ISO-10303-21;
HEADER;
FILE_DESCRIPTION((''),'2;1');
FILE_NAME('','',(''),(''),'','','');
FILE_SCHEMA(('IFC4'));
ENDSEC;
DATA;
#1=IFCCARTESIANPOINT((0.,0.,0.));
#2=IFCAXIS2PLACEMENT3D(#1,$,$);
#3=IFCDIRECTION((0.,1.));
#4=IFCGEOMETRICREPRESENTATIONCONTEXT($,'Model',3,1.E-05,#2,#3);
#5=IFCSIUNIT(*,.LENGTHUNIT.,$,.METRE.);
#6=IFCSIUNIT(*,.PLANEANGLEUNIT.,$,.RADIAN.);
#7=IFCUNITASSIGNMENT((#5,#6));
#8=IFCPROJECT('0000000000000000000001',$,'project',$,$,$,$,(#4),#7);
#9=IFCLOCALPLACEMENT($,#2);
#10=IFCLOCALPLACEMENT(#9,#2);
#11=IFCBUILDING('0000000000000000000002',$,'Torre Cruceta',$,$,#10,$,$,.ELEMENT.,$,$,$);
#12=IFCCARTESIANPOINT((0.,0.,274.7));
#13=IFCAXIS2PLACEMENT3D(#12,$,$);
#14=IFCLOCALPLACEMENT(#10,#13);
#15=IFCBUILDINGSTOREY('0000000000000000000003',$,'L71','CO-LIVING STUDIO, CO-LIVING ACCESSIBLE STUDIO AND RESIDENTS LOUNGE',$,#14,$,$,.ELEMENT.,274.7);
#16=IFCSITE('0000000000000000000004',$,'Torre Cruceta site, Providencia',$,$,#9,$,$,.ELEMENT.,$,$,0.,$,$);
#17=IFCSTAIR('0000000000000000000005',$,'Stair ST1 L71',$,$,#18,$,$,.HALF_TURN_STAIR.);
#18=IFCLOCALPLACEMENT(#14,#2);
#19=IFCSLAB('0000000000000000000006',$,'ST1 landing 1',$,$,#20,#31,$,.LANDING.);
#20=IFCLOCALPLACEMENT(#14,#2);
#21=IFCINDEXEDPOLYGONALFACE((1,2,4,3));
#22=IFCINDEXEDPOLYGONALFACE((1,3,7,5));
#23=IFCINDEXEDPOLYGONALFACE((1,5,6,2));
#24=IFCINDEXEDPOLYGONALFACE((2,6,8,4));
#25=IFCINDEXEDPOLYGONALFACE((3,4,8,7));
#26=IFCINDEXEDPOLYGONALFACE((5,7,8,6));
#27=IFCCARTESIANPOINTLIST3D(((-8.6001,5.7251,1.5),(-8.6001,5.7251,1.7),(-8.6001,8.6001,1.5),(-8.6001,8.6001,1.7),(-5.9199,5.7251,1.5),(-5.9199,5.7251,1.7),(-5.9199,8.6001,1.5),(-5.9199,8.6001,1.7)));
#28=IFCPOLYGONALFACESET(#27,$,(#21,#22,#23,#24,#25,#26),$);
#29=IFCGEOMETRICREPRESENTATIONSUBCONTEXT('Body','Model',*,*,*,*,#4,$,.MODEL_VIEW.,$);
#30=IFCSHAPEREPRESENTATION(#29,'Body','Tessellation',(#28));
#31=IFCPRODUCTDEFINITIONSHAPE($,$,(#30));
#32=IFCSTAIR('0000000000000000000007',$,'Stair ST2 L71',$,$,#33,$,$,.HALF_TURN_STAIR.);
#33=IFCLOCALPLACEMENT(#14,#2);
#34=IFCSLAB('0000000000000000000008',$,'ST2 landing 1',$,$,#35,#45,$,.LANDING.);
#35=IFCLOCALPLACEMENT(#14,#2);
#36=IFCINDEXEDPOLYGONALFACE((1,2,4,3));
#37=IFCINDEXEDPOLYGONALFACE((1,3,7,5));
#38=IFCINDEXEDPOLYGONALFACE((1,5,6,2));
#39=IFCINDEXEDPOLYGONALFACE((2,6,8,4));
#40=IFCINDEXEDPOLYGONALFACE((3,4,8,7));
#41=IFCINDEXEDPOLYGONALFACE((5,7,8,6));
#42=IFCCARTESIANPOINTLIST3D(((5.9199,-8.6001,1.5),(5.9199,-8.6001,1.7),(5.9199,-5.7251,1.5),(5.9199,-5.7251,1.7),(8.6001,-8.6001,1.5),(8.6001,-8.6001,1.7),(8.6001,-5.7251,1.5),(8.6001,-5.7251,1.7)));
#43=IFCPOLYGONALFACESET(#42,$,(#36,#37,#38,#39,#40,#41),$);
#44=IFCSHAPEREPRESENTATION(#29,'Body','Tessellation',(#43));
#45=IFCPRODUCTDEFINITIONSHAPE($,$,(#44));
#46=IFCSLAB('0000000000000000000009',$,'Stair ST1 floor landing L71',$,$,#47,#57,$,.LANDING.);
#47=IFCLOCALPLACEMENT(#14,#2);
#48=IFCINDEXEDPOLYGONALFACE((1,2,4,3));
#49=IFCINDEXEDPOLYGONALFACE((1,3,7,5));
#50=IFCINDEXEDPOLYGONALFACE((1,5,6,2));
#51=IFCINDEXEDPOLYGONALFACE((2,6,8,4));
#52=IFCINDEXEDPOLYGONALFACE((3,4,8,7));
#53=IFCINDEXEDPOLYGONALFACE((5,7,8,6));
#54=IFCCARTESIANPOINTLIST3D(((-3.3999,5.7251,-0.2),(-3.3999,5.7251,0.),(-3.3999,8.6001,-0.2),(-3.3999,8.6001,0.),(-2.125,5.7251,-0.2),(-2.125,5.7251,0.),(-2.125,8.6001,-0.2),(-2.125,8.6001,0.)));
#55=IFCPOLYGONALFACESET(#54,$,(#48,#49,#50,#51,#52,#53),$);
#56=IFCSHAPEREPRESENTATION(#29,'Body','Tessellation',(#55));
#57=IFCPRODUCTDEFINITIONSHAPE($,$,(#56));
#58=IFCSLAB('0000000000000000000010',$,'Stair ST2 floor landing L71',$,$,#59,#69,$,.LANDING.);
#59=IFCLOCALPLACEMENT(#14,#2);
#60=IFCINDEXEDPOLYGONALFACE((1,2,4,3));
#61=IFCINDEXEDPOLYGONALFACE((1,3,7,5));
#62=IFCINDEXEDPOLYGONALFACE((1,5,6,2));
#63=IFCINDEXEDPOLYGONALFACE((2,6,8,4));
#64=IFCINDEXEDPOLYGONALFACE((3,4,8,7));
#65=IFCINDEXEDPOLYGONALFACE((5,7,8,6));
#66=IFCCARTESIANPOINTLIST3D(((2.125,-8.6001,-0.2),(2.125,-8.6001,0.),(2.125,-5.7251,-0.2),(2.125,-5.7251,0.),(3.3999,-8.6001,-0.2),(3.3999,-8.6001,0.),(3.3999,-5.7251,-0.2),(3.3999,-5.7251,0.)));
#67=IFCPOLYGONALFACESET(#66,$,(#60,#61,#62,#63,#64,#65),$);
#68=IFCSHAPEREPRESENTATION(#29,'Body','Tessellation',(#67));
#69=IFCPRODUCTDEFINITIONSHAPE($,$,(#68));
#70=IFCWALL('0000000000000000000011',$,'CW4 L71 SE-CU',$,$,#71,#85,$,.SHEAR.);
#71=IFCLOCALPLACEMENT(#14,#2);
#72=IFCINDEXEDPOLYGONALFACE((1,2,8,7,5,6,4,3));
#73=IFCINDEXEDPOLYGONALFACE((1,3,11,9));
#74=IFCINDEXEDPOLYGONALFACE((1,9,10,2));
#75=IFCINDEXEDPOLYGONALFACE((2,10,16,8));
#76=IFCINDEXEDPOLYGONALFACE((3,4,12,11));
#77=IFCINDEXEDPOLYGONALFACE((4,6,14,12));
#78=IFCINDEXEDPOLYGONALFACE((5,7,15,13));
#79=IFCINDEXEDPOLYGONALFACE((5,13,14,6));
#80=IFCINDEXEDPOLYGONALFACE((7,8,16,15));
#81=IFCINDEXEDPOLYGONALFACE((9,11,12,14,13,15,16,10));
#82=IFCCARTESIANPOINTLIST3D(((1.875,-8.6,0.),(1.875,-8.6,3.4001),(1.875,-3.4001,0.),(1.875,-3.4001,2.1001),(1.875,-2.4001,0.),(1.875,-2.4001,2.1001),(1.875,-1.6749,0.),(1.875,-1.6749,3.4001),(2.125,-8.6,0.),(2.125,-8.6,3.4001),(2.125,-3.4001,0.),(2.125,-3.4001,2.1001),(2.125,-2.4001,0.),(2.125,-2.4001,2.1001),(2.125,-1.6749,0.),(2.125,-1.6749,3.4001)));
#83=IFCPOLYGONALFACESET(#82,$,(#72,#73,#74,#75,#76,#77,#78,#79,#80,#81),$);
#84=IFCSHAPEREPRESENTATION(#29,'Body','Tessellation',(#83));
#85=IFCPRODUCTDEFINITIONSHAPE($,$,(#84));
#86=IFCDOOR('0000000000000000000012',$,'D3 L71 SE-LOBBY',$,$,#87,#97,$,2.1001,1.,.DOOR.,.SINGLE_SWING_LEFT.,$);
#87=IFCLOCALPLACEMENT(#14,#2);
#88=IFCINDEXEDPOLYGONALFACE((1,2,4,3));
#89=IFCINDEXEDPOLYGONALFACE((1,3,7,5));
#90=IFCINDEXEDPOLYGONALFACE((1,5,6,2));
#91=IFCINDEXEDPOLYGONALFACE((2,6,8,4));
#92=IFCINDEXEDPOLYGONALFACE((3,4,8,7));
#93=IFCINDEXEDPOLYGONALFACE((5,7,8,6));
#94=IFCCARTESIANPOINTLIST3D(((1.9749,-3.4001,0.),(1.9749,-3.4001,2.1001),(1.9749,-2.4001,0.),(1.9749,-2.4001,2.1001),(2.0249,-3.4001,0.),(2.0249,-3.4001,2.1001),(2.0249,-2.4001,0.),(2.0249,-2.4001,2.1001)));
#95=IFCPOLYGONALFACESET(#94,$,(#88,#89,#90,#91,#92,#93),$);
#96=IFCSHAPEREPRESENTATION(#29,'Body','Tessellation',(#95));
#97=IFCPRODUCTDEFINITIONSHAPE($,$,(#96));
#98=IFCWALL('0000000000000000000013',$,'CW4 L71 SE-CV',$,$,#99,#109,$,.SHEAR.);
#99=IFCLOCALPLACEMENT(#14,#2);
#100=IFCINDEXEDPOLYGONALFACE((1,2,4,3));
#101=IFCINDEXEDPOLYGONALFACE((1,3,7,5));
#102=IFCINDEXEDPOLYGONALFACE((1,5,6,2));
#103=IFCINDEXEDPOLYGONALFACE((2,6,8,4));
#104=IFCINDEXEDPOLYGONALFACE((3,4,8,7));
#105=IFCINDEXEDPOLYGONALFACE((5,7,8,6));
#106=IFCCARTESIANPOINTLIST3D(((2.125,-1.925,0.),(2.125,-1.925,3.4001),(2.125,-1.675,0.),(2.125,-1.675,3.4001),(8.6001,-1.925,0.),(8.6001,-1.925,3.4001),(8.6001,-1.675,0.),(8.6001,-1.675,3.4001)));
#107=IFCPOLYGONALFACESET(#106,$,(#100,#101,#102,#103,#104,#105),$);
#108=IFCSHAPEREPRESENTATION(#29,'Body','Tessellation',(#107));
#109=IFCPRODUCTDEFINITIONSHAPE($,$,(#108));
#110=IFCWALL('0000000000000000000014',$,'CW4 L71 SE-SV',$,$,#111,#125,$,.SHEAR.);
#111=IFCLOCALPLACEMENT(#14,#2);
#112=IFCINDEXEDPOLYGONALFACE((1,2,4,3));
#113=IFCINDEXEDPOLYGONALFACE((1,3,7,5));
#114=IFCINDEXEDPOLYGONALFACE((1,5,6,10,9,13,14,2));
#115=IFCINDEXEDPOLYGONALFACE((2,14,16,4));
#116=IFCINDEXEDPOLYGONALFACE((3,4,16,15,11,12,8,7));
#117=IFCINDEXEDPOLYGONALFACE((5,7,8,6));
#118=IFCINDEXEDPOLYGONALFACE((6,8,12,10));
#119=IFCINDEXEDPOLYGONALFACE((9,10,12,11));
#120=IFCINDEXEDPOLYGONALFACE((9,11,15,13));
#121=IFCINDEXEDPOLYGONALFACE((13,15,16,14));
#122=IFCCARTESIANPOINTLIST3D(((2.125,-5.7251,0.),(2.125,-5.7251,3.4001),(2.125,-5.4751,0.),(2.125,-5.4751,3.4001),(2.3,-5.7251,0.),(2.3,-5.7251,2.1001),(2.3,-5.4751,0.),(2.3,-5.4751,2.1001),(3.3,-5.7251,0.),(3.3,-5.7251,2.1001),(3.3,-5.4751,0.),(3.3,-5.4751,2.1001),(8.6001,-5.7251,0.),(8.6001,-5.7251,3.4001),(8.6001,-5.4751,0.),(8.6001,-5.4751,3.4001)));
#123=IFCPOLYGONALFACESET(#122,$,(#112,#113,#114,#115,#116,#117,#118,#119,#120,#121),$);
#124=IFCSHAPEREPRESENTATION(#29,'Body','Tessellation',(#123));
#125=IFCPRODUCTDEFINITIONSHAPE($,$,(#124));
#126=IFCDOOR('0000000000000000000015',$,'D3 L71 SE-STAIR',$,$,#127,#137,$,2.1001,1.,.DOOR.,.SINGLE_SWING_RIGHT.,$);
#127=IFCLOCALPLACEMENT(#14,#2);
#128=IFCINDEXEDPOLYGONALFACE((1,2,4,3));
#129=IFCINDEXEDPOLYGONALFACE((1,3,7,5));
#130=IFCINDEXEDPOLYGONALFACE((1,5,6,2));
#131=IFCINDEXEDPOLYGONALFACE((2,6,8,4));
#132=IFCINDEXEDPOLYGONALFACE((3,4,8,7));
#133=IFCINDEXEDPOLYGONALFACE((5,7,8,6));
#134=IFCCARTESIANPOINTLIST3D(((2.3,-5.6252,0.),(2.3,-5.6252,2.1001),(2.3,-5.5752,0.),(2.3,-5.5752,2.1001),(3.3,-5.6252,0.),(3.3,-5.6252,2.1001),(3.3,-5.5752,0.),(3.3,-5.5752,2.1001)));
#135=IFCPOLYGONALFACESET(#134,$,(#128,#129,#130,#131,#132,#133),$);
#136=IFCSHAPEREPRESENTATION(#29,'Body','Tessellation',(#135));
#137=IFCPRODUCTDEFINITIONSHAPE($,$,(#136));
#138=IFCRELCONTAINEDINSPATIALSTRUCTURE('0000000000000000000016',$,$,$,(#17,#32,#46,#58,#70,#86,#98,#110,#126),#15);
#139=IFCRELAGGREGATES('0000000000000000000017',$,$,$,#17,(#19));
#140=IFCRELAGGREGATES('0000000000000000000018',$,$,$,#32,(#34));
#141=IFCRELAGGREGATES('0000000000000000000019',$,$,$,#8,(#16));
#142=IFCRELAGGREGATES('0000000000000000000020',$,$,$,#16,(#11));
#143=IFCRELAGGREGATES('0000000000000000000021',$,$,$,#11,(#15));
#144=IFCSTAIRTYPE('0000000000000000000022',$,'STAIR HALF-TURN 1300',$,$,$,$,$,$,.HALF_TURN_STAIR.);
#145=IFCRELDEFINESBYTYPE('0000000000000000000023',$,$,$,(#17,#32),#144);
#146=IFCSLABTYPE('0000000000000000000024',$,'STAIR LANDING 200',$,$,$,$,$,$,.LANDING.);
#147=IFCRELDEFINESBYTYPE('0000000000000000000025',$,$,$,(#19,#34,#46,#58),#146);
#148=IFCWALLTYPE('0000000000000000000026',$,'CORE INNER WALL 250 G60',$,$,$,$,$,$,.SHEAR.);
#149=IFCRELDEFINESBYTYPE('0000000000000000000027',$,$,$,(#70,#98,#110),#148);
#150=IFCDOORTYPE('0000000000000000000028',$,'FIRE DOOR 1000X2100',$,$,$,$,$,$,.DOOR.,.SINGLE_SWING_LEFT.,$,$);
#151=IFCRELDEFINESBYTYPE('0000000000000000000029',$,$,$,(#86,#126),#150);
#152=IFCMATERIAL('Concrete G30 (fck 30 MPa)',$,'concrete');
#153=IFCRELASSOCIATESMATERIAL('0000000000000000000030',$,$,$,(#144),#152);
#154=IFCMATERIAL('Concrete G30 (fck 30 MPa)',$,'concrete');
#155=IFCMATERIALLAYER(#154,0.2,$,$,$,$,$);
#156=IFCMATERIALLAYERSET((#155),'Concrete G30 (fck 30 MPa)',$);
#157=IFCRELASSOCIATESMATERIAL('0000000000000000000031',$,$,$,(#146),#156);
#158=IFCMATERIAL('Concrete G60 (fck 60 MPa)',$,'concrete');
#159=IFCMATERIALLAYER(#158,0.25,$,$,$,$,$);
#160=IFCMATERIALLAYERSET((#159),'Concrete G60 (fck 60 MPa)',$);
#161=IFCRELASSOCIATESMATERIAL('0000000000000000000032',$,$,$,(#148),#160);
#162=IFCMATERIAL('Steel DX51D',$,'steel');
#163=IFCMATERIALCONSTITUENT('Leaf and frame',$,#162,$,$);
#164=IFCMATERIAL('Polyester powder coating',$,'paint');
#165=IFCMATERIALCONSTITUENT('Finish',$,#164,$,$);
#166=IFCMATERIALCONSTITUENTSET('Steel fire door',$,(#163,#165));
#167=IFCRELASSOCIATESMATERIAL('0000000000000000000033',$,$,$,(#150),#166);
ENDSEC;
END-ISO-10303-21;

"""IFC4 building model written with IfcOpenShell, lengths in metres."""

from ifc_helpers import new_model, si_unit, direction, frame, frame_2d, origin, place, context, subcontext, project, spatial, polyline, rectangle, outline, extrude, material, layer, layer_set, constituent, constituent_set, type_object, element, fill, aggregate, save


model = new_model("IFC4")

# Units and contexts
model_context = context("Model", 3, precision=1e-05, world=origin(), true_north=direction((0.0, 1.0)))
body_context = subcontext(model_context, "Body", "Model", "MODEL_VIEW")
ifc_project = project(units=[si_unit("LENGTHUNIT", "METRE"), si_unit("PLANEANGLEUNIT", "RADIAN")], contexts=[model_context])

# Site, building, storey
site_placement = place(None, origin())
site = spatial("IfcSite", under=ifc_project, at=site_placement, Name="Torre Cruceta site, Providencia", CompositionType="ELEMENT", RefElevation=0.0)
building_placement = place(site_placement, origin())
building = spatial("IfcBuilding", under=site, at=building_placement, Name="Torre Cruceta", CompositionType="ELEMENT")
storey_placement = place(building_placement, frame((0.0, 0.0, 274.7)))
storey = spatial("IfcBuildingStorey", under=building, at=storey_placement, Name="L71", Description="CO-LIVING STUDIO, CO-LIVING ACCESSIBLE STUDIO AND RESIDENTS LOUNGE", CompositionType="ELEMENT", Elevation=274.7)

# Stairs, slabs
ifc_material_1 = material(Name="Concrete G30 (fck 30 MPa)", Category="concrete")
stair_type = type_object("IfcStairType", Name="STAIR HALF-TURN 1300", PredefinedType="HALF_TURN_STAIR", material=ifc_material_1)
stair_1_placement = place(storey_placement, origin())
stair_1 = element("IfcStair", 1, at=stair_1_placement, inside=storey, type_object=stair_type, Name="Stair ST1 L71", PredefinedType="HALF_TURN_STAIR")
ifc_material_2 = material(Name="Concrete G30 (fck 30 MPa)", Category="concrete")
ifc_layer_1 = layer(ifc_material_2, 0.2)
ifc_layer_set_1 = layer_set([ifc_layer_1], Name="Concrete G30 (fck 30 MPa)")
slab_type = type_object("IfcSlabType", Name="STAIR LANDING 200", PredefinedType="LANDING", material=ifc_layer_set_1)
slab_1_placement = place(storey_placement, frame((0.0, 0.0, 1.5)))
slab_1 = element("IfcSlab", 2, at=slab_1_placement, type_object=slab_type, Name="ST1 landing 1", PredefinedType="LANDING", context=body_context, shape_type="SweptSolid", body=[
    extrude(outline(polyline([(-8.6001, 5.7251), (-5.9199, 5.7251), (-5.9199, 8.6001), (-8.6001, 8.6001), (-8.6001, 5.7251)])), origin(), (0.0, 0.0, 1.0), 0.2),
])
aggregate(stair_1, [slab_1])
stair_2_placement = place(storey_placement, origin())
stair_2 = element("IfcStair", 3, at=stair_2_placement, inside=storey, type_object=stair_type, Name="Stair ST2 L71", PredefinedType="HALF_TURN_STAIR")
slab_2_placement = place(storey_placement, frame((0.0, 0.0, 1.5)))
slab_2 = element("IfcSlab", 4, at=slab_2_placement, type_object=slab_type, Name="ST2 landing 1", PredefinedType="LANDING", context=body_context, shape_type="SweptSolid", body=[
    extrude(outline(polyline([(5.9199, -8.6001), (8.6001, -8.6001), (8.6001, -5.7251), (5.9199, -5.7251), (5.9199, -8.6001)])), origin(), (0.0, 0.0, 1.0), 0.2),
])

# Slabs
slab_3_placement = place(storey_placement, frame((0.0, 0.0, -0.2)))
element("IfcSlab", 5, at=slab_3_placement, inside=storey, type_object=slab_type, Name="Stair ST1 floor landing L71", PredefinedType="LANDING", context=body_context, shape_type="SweptSolid", body=[
    extrude(outline(polyline([(-2.125, 8.6001), (-2.125, 5.7251), (-3.3999, 5.7251), (-3.3999, 8.6001), (-2.125, 8.6001)])), origin(), (0.0, 0.0, 1.0), 0.2),
])
slab_4_placement = place(storey_placement, frame((0.0, 0.0, -0.2)))
element("IfcSlab", 6, at=slab_4_placement, inside=storey, type_object=slab_type, Name="Stair ST2 floor landing L71", PredefinedType="LANDING", context=body_context, shape_type="SweptSolid", body=[
    extrude(outline(polyline([(2.125, -8.6001), (2.125, -5.7251), (3.3999, -5.7251), (3.3999, -8.6001), (2.125, -8.6001)])), origin(), (0.0, 0.0, 1.0), 0.2),
])

# Wall, opening, door
ifc_material_3 = material(Name="Concrete G60 (fck 60 MPa)", Category="concrete")
ifc_layer_2 = layer(ifc_material_3, 0.25)
ifc_layer_set_2 = layer_set([ifc_layer_2], Name="Concrete G60 (fck 60 MPa)")
wall_type_1 = type_object("IfcWallType", Name="CORE INNER WALL 250 G60", PredefinedType="SHEAR", material=ifc_layer_set_2)
wall_1_placement = place(storey_placement, frame((2.0, -1.675, 0.0), z_axis=(0.0, 0.0, 1.0), x_axis=(0.0, -1.0, 0.0)))
wall_1 = element("IfcWall", 7, at=wall_1_placement, inside=storey, type_object=wall_type_1, Name="CW4 L71 SE-CU", PredefinedType="SHEAR", context=body_context, shape_type="SweptSolid", body=[
    extrude(rectangle(XDim=6.925, YDim=0.25, at=frame_2d((3.4624, 0.0))), origin(), (0.0, 0.0, 1.0), 3.4001),
])
opening_1_placement = place(wall_1_placement, frame((0.7251, 0.0, 0.0)))
opening_1 = element("IfcOpeningElement", 8, at=opening_1_placement, cuts=wall_1, PredefinedType="OPENING", context=body_context, shape_type="SweptSolid", body=[
    extrude(rectangle(XDim=1.0, YDim=2.1001, at=frame_2d((0.5, 1.05))), frame((0.0, 0.135, 0.0), z_axis=(0.0, -1.0, 0.0), x_axis=(1.0, 0.0, 0.0)), (0.0, 0.0, 1.0), 0.27),
])
ifc_material_4 = material(Name="Steel DX51D", Category="steel")
ifc_constituent_1 = constituent(ifc_material_4, Name="Leaf and frame")
ifc_material_5 = material(Name="Polyester powder coating", Category="paint")
ifc_constituent_2 = constituent(ifc_material_5, Name="Finish")
ifc_constituent_set_1 = constituent_set(constituents=[ifc_constituent_1, ifc_constituent_2], Name="Steel fire door")
door_type_1 = type_object("IfcDoorType", Name="FIRE DOOR 1000X2100", OperationType="SINGLE_SWING_LEFT", PredefinedType="DOOR", material=ifc_constituent_set_1)
door_1_placement = place(opening_1_placement, origin())
door_1 = element("IfcDoor", 9, at=door_1_placement, inside=storey, type_object=door_type_1, Name="D3 L71 SE-LOBBY", OperationType="SINGLE_SWING_LEFT", OverallHeight=2.1001, OverallWidth=1.0, PredefinedType="DOOR", context=body_context, shape_type="SweptSolid", body=[
    extrude(rectangle(XDim=1.0, YDim=2.1001, at=frame_2d((0.5, 1.05))), frame((0.0, 0.0249, 0.0), z_axis=(0.0, -1.0, 0.0), x_axis=(1.0, 0.0, 0.0)), (0.0, 0.0, 1.0), 0.05),
])
fill(opening_1, door_1)

# Wall
wall_2_placement = place(storey_placement, frame((2.125, -1.8, 0.0), z_axis=(0.0, 0.0, 1.0), x_axis=(1.0, 0.0, 0.0)))
element("IfcWall", 10, at=wall_2_placement, inside=storey, type_object=wall_type_1, Name="CW4 L71 SE-CV", PredefinedType="SHEAR", context=body_context, shape_type="SweptSolid", body=[
    extrude(rectangle(XDim=6.4751, YDim=0.25, at=frame_2d((3.2375, 0.0))), origin(), (0.0, 0.0, 1.0), 3.4001),
])

# Wall, opening, door
wall_3_placement = place(storey_placement, frame((2.125, -5.6001, 0.0), z_axis=(0.0, 0.0, 1.0), x_axis=(1.0, 0.0, 0.0)))
wall_3 = element("IfcWall", 11, at=wall_3_placement, inside=storey, type_object=wall_type_1, Name="CW4 L71 SE-SV", PredefinedType="SHEAR", context=body_context, shape_type="SweptSolid", body=[
    extrude(rectangle(XDim=6.4751, YDim=0.25, at=frame_2d((3.2375, 0.0))), origin(), (0.0, 0.0, 1.0), 3.4001),
])
opening_2_placement = place(wall_3_placement, frame((0.175, 0.0, 0.0)))
opening_2 = element("IfcOpeningElement", 12, at=opening_2_placement, cuts=wall_3, PredefinedType="OPENING", context=body_context, shape_type="SweptSolid", body=[
    extrude(rectangle(XDim=1.0, YDim=2.1001, at=frame_2d((0.5, 1.05))), frame((0.0, 0.135, 0.0), z_axis=(0.0, -1.0, 0.0), x_axis=(1.0, 0.0, 0.0)), (0.0, 0.0, 1.0), 0.27),
])
door_2_placement = place(opening_2_placement, frame((1.0, 0.0, 0.0), z_axis=(0.0, 0.0, 1.0), x_axis=(-1.0, 0.0, 0.0)))
door_2 = element("IfcDoor", 13, at=door_2_placement, inside=storey, type_object=door_type_1, Name="D3 L71 SE-STAIR", OperationType="SINGLE_SWING_RIGHT", OverallHeight=2.1001, OverallWidth=1.0, PredefinedType="DOOR", context=body_context, shape_type="SweptSolid", body=[
    extrude(rectangle(XDim=1.0, YDim=2.1001, at=frame_2d((0.5, 1.05))), frame((0.0, 0.0251, 0.0), z_axis=(0.0, -1.0, 0.0), x_axis=(1.0, 0.0, 0.0)), (0.0, 0.0, 1.0), 0.05),
])
fill(opening_2, door_2)

aggregate(stair_2, [slab_2])

save(model, "model.ifc")
